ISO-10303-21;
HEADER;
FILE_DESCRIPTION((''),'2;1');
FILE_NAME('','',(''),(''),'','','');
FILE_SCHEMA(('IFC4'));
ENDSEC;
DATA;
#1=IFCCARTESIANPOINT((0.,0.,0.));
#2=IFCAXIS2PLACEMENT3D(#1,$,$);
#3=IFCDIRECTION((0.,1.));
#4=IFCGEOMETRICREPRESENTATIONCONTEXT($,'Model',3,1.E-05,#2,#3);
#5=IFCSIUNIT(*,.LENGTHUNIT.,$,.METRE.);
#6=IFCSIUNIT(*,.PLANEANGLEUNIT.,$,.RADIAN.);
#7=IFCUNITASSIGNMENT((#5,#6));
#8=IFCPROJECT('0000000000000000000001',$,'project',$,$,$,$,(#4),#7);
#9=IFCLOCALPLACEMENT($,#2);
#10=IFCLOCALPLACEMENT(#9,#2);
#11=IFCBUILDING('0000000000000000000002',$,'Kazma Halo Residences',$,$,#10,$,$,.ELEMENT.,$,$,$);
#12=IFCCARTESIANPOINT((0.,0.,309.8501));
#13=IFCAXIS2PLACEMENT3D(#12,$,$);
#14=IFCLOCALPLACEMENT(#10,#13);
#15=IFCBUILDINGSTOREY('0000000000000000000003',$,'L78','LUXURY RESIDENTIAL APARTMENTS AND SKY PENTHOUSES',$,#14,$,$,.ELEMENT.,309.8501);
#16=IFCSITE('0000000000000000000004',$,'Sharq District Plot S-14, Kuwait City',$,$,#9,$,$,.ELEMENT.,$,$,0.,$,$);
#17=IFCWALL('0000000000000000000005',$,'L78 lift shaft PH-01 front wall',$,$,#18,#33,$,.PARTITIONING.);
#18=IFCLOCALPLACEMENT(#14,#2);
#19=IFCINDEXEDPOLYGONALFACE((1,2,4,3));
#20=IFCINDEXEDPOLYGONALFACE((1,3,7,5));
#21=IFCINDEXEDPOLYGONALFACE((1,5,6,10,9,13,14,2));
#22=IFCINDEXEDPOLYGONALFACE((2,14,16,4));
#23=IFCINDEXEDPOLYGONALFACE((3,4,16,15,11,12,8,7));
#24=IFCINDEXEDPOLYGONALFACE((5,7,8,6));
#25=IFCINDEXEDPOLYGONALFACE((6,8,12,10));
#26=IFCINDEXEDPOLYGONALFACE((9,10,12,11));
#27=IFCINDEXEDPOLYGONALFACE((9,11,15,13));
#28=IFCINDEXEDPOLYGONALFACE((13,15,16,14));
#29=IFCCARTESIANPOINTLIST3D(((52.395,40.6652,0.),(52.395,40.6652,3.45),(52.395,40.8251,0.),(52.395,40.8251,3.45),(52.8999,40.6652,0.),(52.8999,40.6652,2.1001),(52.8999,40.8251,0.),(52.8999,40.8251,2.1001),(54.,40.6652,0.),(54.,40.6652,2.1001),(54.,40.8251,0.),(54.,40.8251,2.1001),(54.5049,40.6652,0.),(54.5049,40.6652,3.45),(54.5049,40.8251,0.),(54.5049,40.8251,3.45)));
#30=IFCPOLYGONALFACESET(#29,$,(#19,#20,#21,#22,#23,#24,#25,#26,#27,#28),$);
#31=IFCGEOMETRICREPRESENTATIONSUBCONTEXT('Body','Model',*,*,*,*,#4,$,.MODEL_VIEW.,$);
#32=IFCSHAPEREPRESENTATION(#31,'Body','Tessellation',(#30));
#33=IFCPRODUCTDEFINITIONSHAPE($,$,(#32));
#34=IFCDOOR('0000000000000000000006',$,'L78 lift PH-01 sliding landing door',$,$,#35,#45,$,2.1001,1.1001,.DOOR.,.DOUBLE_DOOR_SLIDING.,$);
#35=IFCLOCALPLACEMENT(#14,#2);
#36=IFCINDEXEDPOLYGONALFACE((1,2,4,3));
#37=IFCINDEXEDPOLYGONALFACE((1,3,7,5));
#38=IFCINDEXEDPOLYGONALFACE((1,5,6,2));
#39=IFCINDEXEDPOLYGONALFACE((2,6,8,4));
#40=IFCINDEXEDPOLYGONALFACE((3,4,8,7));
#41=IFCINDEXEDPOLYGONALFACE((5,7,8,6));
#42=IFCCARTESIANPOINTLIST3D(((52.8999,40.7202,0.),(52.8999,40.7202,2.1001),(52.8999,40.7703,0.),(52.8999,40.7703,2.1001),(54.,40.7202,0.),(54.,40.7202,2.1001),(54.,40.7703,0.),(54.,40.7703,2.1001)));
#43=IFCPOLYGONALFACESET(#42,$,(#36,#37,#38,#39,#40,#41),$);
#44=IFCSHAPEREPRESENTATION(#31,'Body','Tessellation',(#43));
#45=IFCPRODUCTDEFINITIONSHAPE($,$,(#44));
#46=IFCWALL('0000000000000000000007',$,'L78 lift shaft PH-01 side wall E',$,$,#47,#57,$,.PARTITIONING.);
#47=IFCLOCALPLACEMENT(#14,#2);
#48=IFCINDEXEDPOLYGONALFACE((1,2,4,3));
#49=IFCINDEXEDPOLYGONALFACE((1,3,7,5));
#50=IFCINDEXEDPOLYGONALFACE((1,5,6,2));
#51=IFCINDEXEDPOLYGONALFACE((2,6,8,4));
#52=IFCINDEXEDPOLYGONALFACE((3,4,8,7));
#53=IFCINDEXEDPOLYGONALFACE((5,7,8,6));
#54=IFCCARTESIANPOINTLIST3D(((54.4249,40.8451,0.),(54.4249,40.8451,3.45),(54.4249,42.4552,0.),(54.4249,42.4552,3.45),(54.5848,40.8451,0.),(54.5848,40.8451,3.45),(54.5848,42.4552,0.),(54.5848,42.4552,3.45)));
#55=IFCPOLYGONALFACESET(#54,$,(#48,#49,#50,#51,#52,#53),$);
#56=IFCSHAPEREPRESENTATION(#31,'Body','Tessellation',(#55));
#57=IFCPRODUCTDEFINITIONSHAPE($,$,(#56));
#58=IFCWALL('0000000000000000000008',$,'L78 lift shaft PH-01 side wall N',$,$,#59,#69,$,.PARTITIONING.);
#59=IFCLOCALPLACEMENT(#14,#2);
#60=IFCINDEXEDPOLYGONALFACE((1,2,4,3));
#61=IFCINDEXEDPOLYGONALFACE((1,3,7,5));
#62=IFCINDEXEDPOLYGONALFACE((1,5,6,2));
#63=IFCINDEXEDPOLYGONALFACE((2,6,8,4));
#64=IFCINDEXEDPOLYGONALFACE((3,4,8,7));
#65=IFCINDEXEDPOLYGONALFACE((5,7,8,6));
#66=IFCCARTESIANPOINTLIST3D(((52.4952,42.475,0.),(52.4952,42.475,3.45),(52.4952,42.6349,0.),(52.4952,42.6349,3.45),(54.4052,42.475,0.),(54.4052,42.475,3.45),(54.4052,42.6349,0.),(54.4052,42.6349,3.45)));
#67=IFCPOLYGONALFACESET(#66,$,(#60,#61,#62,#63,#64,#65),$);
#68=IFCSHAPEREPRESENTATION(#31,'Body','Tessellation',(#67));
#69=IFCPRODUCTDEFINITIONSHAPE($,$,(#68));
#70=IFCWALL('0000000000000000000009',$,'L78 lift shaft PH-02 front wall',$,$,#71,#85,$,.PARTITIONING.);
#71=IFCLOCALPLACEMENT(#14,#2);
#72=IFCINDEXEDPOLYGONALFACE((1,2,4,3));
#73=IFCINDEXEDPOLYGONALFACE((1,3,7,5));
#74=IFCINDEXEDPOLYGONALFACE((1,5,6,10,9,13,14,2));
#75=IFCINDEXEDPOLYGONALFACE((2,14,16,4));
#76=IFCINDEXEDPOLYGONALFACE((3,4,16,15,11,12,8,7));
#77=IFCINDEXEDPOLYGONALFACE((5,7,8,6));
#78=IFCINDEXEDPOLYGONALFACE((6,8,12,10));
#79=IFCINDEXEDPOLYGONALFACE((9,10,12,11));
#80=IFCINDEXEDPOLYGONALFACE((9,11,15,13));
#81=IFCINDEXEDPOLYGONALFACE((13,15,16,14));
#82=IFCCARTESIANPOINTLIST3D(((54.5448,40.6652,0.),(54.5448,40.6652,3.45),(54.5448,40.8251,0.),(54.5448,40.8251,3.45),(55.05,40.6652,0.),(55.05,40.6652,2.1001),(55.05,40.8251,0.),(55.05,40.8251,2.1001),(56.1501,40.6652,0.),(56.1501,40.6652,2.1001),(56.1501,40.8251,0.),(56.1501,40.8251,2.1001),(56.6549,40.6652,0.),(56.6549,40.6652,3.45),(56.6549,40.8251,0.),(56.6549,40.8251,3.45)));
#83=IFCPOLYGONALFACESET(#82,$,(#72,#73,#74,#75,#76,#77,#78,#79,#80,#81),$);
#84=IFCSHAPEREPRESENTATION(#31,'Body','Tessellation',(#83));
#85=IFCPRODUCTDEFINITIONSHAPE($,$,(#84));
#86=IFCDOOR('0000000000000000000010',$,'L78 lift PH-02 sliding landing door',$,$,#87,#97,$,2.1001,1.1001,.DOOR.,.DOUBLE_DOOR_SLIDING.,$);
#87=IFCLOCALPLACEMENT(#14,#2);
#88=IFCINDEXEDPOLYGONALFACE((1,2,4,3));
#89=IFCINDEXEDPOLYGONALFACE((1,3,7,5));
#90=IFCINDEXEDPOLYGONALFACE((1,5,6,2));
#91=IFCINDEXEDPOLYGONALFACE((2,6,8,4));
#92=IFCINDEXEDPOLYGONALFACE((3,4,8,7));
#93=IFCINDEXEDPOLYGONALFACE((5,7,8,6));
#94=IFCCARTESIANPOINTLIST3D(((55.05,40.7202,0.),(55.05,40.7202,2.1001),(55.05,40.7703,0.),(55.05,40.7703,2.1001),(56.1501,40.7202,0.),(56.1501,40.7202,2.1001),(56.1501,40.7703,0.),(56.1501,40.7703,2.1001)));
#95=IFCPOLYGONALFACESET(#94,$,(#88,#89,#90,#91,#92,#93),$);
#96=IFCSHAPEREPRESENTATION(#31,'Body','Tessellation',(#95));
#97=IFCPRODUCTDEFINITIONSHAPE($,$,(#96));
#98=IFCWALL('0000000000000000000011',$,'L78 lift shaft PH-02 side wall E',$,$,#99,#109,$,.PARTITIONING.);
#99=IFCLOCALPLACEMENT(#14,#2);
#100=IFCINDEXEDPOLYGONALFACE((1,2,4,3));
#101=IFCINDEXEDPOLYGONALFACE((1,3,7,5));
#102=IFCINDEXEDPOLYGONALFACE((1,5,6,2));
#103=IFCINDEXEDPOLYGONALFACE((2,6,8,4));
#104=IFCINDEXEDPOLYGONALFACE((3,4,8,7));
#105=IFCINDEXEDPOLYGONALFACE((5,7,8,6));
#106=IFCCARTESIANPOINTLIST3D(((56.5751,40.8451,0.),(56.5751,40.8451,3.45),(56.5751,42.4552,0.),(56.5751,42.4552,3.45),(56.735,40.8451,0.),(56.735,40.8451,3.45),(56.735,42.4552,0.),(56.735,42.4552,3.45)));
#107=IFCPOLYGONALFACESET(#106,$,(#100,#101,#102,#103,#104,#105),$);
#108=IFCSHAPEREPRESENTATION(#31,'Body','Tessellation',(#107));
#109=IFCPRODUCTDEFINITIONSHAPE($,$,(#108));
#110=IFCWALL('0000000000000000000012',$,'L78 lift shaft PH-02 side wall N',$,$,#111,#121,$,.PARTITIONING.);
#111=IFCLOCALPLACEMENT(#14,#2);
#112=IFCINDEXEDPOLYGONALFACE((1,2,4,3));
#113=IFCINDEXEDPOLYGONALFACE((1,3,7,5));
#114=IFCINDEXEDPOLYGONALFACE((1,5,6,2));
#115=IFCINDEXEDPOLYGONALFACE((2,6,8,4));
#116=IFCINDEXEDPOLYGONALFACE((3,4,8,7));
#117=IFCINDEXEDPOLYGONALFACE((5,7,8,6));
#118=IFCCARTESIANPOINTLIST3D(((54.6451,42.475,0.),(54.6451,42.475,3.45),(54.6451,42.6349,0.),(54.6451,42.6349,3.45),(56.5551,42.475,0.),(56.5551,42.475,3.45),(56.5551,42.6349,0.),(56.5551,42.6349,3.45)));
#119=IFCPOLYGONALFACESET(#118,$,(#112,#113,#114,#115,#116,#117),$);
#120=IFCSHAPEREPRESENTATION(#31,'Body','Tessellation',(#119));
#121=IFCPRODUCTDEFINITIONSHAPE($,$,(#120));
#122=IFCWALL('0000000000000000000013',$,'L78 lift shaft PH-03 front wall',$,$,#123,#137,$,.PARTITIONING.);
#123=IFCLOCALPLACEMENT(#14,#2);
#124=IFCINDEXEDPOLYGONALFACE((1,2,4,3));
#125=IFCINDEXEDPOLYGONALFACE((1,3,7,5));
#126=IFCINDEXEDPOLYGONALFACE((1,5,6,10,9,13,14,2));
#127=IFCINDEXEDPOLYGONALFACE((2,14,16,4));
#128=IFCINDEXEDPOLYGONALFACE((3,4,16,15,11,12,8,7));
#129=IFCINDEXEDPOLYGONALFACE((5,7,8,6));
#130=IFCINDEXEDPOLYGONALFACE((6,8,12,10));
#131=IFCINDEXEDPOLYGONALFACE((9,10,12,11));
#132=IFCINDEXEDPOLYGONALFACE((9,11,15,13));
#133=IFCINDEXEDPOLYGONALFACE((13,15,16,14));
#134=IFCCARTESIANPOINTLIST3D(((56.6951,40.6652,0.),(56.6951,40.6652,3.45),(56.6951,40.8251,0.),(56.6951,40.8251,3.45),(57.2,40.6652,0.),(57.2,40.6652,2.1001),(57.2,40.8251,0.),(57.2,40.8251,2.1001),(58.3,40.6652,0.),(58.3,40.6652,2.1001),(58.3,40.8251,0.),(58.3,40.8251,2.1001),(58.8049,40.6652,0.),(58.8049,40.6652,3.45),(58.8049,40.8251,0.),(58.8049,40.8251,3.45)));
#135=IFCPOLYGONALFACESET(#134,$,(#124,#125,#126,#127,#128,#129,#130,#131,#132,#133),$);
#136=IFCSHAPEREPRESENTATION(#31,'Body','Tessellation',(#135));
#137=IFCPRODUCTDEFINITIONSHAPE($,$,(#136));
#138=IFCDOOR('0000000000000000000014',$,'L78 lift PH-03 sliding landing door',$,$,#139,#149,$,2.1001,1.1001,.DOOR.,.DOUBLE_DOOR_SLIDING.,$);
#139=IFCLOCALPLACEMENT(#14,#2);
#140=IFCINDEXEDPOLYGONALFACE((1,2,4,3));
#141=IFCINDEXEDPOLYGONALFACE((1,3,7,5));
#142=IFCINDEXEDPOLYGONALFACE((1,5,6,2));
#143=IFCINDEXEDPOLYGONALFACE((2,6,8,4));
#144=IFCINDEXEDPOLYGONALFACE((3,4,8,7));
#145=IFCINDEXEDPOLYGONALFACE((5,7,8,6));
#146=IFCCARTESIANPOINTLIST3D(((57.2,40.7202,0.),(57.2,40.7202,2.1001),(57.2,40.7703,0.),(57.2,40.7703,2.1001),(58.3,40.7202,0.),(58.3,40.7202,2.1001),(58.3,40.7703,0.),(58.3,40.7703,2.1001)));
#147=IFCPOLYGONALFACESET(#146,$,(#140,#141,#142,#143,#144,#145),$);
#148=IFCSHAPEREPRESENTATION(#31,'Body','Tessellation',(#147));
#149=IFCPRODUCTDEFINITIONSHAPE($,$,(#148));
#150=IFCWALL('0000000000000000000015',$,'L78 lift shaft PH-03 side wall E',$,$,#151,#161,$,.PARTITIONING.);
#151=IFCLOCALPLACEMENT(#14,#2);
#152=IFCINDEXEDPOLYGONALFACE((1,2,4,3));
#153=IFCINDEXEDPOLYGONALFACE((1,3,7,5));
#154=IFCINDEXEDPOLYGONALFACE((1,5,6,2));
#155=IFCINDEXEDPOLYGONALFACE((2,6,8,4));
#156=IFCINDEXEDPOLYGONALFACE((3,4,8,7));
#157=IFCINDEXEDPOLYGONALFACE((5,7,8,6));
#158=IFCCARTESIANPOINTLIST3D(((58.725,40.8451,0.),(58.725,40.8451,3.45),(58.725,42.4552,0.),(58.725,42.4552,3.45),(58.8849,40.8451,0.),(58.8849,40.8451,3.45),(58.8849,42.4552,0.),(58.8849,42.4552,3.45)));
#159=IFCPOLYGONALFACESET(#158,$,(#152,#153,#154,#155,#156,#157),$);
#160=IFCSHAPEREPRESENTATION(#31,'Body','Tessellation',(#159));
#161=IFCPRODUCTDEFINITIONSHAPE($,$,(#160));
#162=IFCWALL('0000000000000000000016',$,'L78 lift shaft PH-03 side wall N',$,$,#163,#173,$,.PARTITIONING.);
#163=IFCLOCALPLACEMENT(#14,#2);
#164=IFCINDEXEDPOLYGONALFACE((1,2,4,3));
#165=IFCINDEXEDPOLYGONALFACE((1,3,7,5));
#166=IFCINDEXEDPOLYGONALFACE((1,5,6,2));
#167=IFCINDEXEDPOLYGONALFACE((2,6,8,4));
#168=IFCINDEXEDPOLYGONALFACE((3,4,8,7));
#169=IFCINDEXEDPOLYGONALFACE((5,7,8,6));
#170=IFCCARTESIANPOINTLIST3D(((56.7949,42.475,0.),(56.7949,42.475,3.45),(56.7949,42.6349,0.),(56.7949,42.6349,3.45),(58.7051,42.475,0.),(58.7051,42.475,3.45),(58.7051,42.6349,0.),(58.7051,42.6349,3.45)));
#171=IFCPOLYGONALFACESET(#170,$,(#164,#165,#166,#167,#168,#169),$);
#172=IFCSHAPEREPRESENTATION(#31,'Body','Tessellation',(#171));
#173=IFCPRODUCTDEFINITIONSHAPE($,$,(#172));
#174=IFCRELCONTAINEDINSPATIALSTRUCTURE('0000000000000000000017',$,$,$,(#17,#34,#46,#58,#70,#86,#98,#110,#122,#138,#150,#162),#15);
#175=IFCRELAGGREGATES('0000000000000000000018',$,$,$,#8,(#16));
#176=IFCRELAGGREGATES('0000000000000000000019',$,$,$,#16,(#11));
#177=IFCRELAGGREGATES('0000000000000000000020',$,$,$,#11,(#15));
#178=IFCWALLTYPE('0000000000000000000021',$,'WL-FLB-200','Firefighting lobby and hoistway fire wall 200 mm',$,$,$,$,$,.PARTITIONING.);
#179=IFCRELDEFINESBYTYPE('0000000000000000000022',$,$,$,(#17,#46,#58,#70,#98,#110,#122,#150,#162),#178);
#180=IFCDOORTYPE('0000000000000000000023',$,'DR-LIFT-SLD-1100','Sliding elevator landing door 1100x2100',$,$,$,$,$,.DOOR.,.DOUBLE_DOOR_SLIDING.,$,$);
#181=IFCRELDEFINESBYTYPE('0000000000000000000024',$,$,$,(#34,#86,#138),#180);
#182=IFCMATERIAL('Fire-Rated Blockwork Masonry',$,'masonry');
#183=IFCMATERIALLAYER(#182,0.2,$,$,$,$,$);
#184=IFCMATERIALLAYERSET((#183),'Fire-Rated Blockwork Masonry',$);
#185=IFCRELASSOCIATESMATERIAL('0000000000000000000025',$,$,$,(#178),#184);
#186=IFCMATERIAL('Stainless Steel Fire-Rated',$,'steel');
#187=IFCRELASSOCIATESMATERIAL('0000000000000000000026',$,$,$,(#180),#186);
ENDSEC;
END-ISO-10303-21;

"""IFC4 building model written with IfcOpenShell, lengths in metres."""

from ifc_helpers import new_model, si_unit, direction, frame, frame_2d, origin, place, context, subcontext, project, spatial, rectangle, extrude, material, layer, layer_set, type_object, element, fill, save


model = new_model("IFC4")

# Units and contexts
model_context = context("Model", 3, precision=1e-05, world=origin(), true_north=direction((0.0, 1.0)))
body_context = subcontext(model_context, "Body", "Model", "MODEL_VIEW")
ifc_project = project(units=[si_unit("LENGTHUNIT", "METRE"), si_unit("PLANEANGLEUNIT", "RADIAN")], contexts=[model_context])

# Site, building, storey
site_placement = place(None, origin())
site = spatial("IfcSite", under=ifc_project, at=site_placement, Name="Sharq District Plot S-14, Kuwait City", CompositionType="ELEMENT", RefElevation=0.0)
building_placement = place(site_placement, origin())
building = spatial("IfcBuilding", under=site, at=building_placement, Name="Kazma Halo Residences", CompositionType="ELEMENT")
storey_placement = place(building_placement, frame((0.0, 0.0, 309.8501)))
storey = spatial("IfcBuildingStorey", under=building, at=storey_placement, Name="L78", Description="LUXURY RESIDENTIAL APARTMENTS AND SKY PENTHOUSES", CompositionType="ELEMENT", Elevation=309.8501)

# Wall, opening, door
ifc_material_1 = material(Name="Fire-Rated Blockwork Masonry", Category="masonry")
ifc_layer_1 = layer(ifc_material_1, 0.2)
ifc_layer_set_1 = layer_set([ifc_layer_1], Name="Fire-Rated Blockwork Masonry")
wall_type_1 = type_object("IfcWallType", Name="WL-FLB-200", Description="Firefighting lobby and hoistway fire wall 200 mm", PredefinedType="PARTITIONING", material=ifc_layer_set_1)
wall_1_placement = place(storey_placement, frame((54.5049, 40.7451, 0.0), z_axis=(0.0, 0.0, 1.0), x_axis=(-1.0, 0.0, 0.0)))
wall_1 = element("IfcWall", 1, at=wall_1_placement, inside=storey, type_object=wall_type_1, Name="L78 lift shaft PH-01 front wall", PredefinedType="PARTITIONING", context=body_context, shape_type="SweptSolid", body=[
    extrude(rectangle(XDim=2.1099, YDim=0.1599, at=frame_2d((1.0549, 0.0))), origin(), (0.0, 0.0, 1.0), 3.45),
])
opening_1_placement = place(wall_1_placement, frame((0.5049, 0.0, 0.0)))
opening_1 = element("IfcOpeningElement", 2, at=opening_1_placement, cuts=wall_1, PredefinedType="OPENING", context=body_context, shape_type="SweptSolid", body=[
    extrude(rectangle(XDim=1.1001, YDim=2.1001, at=frame_2d((0.55, 1.05))), frame((0.0, 0.0898, 0.0), z_axis=(0.0, -1.0, 0.0), x_axis=(1.0, 0.0, 0.0)), (0.0, 0.0, 1.0), 0.1799),
])
ifc_material_2 = material(Name="Stainless Steel Fire-Rated", Category="steel")
door_type_1 = type_object("IfcDoorType", Name="DR-LIFT-SLD-1100", Description="Sliding elevator landing door 1100x2100", OperationType="DOUBLE_DOOR_SLIDING", PredefinedType="DOOR", material=ifc_material_2)
door_1_placement = place(opening_1_placement, origin())
door_1 = element("IfcDoor", 3, at=door_1_placement, inside=storey, type_object=door_type_1, Name="L78 lift PH-01 sliding landing door", OperationType="DOUBLE_DOOR_SLIDING", OverallHeight=2.1001, OverallWidth=1.1001, PredefinedType="DOOR", context=body_context, shape_type="SweptSolid", body=[
    extrude(rectangle(XDim=1.1001, YDim=2.1001, at=frame_2d((0.55, 1.05))), frame((0.0, 0.0249, 0.0), z_axis=(0.0, -1.0, 0.0), x_axis=(1.0, 0.0, 0.0)), (0.0, 0.0, 1.0), 0.05),
])
fill(opening_1, door_1)

# Walls
wall_2_placement = place(storey_placement, frame((54.5049, 40.845, 0.0), z_axis=(0.0, 0.0, 1.0), x_axis=(0.0, 1.0, 0.0)))
element("IfcWall", 4, at=wall_2_placement, inside=storey, type_object=wall_type_1, Name="L78 lift shaft PH-01 side wall E", PredefinedType="PARTITIONING", context=body_context, shape_type="SweptSolid", body=[
    extrude(rectangle(XDim=1.6101, YDim=0.1599, at=frame_2d((0.8052, 0.0))), origin(), (0.0, 0.0, 1.0), 3.45),
])
wall_3_placement = place(storey_placement, frame((52.4951, 42.5549, 0.0), z_axis=(0.0, 0.0, 1.0), x_axis=(1.0, 0.0, 0.0)))
element("IfcWall", 5, at=wall_3_placement, inside=storey, type_object=wall_type_1, Name="L78 lift shaft PH-01 side wall N", PredefinedType="PARTITIONING", context=body_context, shape_type="SweptSolid", body=[
    extrude(rectangle(XDim=1.9099, YDim=0.1599, at=frame_2d((0.9551, 0.0))), origin(), (0.0, 0.0, 1.0), 3.45),
])

# Wall, opening, door
wall_4_placement = place(storey_placement, frame((56.655, 40.7451, 0.0), z_axis=(0.0, 0.0, 1.0), x_axis=(-1.0, 0.0, 0.0)))
wall_4 = element("IfcWall", 6, at=wall_4_placement, inside=storey, type_object=wall_type_1, Name="L78 lift shaft PH-02 front wall", PredefinedType="PARTITIONING", context=body_context, shape_type="SweptSolid", body=[
    extrude(rectangle(XDim=2.1101, YDim=0.1599, at=frame_2d((1.0552, 0.0))), origin(), (0.0, 0.0, 1.0), 3.45),
])
opening_2_placement = place(wall_4_placement, frame((0.5049, 0.0, 0.0)))
opening_2 = element("IfcOpeningElement", 7, at=opening_2_placement, cuts=wall_4, PredefinedType="OPENING", context=body_context, shape_type="SweptSolid", body=[
    extrude(rectangle(XDim=1.1001, YDim=2.1001, at=frame_2d((0.55, 1.05))), frame((0.0, 0.0898, 0.0), z_axis=(0.0, -1.0, 0.0), x_axis=(1.0, 0.0, 0.0)), (0.0, 0.0, 1.0), 0.1799),
])
door_2_placement = place(opening_2_placement, origin())
door_2 = element("IfcDoor", 8, at=door_2_placement, inside=storey, type_object=door_type_1, Name="L78 lift PH-02 sliding landing door", OperationType="DOUBLE_DOOR_SLIDING", OverallHeight=2.1001, OverallWidth=1.1001, PredefinedType="DOOR", context=body_context, shape_type="SweptSolid", body=[
    extrude(rectangle(XDim=1.1001, YDim=2.1001, at=frame_2d((0.55, 1.05))), frame((0.0, 0.0249, 0.0), z_axis=(0.0, -1.0, 0.0), x_axis=(1.0, 0.0, 0.0)), (0.0, 0.0, 1.0), 0.05),
])
fill(opening_2, door_2)

# Walls
wall_5_placement = place(storey_placement, frame((56.655, 40.845, 0.0), z_axis=(0.0, 0.0, 1.0), x_axis=(0.0, 1.0, 0.0)))
element("IfcWall", 9, at=wall_5_placement, inside=storey, type_object=wall_type_1, Name="L78 lift shaft PH-02 side wall E", PredefinedType="PARTITIONING", context=body_context, shape_type="SweptSolid", body=[
    extrude(rectangle(XDim=1.6101, YDim=0.1599, at=frame_2d((0.8052, 0.0))), origin(), (0.0, 0.0, 1.0), 3.45),
])
wall_6_placement = place(storey_placement, frame((54.645, 42.5549, 0.0), z_axis=(0.0, 0.0, 1.0), x_axis=(1.0, 0.0, 0.0)))
element("IfcWall", 10, at=wall_6_placement, inside=storey, type_object=wall_type_1, Name="L78 lift shaft PH-02 side wall N", PredefinedType="PARTITIONING", context=body_context, shape_type="SweptSolid", body=[
    extrude(rectangle(XDim=1.9099, YDim=0.1599, at=frame_2d((0.9551, 0.0))), origin(), (0.0, 0.0, 1.0), 3.45),
])

# Wall, opening, door
wall_7_placement = place(storey_placement, frame((58.8049, 40.7451, 0.0), z_axis=(0.0, 0.0, 1.0), x_axis=(-1.0, 0.0, 0.0)))
wall_7 = element("IfcWall", 11, at=wall_7_placement, inside=storey, type_object=wall_type_1, Name="L78 lift shaft PH-03 front wall", PredefinedType="PARTITIONING", context=body_context, shape_type="SweptSolid", body=[
    extrude(rectangle(XDim=2.1099, YDim=0.1599, at=frame_2d((1.0549, 0.0))), origin(), (0.0, 0.0, 1.0), 3.45),
])
opening_3_placement = place(wall_7_placement, frame((0.5049, 0.0, 0.0)))
opening_3 = element("IfcOpeningElement", 12, at=opening_3_placement, cuts=wall_7, PredefinedType="OPENING", context=body_context, shape_type="SweptSolid", body=[
    extrude(rectangle(XDim=1.1001, YDim=2.1001, at=frame_2d((0.55, 1.05))), frame((0.0, 0.0898, 0.0), z_axis=(0.0, -1.0, 0.0), x_axis=(1.0, 0.0, 0.0)), (0.0, 0.0, 1.0), 0.1799),
])
door_3_placement = place(opening_3_placement, origin())
door_3 = element("IfcDoor", 13, at=door_3_placement, inside=storey, type_object=door_type_1, Name="L78 lift PH-03 sliding landing door", OperationType="DOUBLE_DOOR_SLIDING", OverallHeight=2.1001, OverallWidth=1.1001, PredefinedType="DOOR", context=body_context, shape_type="SweptSolid", body=[
    extrude(rectangle(XDim=1.1001, YDim=2.1001, at=frame_2d((0.55, 1.05))), frame((0.0, 0.0249, 0.0), z_axis=(0.0, -1.0, 0.0), x_axis=(1.0, 0.0, 0.0)), (0.0, 0.0, 1.0), 0.05),
])
fill(opening_3, door_3)

# Walls
wall_8_placement = place(storey_placement, frame((58.8049, 40.845, 0.0), z_axis=(0.0, 0.0, 1.0), x_axis=(0.0, 1.0, 0.0)))
element("IfcWall", 14, at=wall_8_placement, inside=storey, type_object=wall_type_1, Name="L78 lift shaft PH-03 side wall E", PredefinedType="PARTITIONING", context=body_context, shape_type="SweptSolid", body=[
    extrude(rectangle(XDim=1.6101, YDim=0.1599, at=frame_2d((0.8052, 0.0))), origin(), (0.0, 0.0, 1.0), 3.45),
])
wall_9_placement = place(storey_placement, frame((56.7949, 42.5549, 0.0), z_axis=(0.0, 0.0, 1.0), x_axis=(1.0, 0.0, 0.0)))
element("IfcWall", 15, at=wall_9_placement, inside=storey, type_object=wall_type_1, Name="L78 lift shaft PH-03 side wall N", PredefinedType="PARTITIONING", context=body_context, shape_type="SweptSolid", body=[
    extrude(rectangle(XDim=1.9102, YDim=0.1599, at=frame_2d((0.9551, 0.0))), origin(), (0.0, 0.0, 1.0), 3.45),
])

save(model, "model.ifc")
